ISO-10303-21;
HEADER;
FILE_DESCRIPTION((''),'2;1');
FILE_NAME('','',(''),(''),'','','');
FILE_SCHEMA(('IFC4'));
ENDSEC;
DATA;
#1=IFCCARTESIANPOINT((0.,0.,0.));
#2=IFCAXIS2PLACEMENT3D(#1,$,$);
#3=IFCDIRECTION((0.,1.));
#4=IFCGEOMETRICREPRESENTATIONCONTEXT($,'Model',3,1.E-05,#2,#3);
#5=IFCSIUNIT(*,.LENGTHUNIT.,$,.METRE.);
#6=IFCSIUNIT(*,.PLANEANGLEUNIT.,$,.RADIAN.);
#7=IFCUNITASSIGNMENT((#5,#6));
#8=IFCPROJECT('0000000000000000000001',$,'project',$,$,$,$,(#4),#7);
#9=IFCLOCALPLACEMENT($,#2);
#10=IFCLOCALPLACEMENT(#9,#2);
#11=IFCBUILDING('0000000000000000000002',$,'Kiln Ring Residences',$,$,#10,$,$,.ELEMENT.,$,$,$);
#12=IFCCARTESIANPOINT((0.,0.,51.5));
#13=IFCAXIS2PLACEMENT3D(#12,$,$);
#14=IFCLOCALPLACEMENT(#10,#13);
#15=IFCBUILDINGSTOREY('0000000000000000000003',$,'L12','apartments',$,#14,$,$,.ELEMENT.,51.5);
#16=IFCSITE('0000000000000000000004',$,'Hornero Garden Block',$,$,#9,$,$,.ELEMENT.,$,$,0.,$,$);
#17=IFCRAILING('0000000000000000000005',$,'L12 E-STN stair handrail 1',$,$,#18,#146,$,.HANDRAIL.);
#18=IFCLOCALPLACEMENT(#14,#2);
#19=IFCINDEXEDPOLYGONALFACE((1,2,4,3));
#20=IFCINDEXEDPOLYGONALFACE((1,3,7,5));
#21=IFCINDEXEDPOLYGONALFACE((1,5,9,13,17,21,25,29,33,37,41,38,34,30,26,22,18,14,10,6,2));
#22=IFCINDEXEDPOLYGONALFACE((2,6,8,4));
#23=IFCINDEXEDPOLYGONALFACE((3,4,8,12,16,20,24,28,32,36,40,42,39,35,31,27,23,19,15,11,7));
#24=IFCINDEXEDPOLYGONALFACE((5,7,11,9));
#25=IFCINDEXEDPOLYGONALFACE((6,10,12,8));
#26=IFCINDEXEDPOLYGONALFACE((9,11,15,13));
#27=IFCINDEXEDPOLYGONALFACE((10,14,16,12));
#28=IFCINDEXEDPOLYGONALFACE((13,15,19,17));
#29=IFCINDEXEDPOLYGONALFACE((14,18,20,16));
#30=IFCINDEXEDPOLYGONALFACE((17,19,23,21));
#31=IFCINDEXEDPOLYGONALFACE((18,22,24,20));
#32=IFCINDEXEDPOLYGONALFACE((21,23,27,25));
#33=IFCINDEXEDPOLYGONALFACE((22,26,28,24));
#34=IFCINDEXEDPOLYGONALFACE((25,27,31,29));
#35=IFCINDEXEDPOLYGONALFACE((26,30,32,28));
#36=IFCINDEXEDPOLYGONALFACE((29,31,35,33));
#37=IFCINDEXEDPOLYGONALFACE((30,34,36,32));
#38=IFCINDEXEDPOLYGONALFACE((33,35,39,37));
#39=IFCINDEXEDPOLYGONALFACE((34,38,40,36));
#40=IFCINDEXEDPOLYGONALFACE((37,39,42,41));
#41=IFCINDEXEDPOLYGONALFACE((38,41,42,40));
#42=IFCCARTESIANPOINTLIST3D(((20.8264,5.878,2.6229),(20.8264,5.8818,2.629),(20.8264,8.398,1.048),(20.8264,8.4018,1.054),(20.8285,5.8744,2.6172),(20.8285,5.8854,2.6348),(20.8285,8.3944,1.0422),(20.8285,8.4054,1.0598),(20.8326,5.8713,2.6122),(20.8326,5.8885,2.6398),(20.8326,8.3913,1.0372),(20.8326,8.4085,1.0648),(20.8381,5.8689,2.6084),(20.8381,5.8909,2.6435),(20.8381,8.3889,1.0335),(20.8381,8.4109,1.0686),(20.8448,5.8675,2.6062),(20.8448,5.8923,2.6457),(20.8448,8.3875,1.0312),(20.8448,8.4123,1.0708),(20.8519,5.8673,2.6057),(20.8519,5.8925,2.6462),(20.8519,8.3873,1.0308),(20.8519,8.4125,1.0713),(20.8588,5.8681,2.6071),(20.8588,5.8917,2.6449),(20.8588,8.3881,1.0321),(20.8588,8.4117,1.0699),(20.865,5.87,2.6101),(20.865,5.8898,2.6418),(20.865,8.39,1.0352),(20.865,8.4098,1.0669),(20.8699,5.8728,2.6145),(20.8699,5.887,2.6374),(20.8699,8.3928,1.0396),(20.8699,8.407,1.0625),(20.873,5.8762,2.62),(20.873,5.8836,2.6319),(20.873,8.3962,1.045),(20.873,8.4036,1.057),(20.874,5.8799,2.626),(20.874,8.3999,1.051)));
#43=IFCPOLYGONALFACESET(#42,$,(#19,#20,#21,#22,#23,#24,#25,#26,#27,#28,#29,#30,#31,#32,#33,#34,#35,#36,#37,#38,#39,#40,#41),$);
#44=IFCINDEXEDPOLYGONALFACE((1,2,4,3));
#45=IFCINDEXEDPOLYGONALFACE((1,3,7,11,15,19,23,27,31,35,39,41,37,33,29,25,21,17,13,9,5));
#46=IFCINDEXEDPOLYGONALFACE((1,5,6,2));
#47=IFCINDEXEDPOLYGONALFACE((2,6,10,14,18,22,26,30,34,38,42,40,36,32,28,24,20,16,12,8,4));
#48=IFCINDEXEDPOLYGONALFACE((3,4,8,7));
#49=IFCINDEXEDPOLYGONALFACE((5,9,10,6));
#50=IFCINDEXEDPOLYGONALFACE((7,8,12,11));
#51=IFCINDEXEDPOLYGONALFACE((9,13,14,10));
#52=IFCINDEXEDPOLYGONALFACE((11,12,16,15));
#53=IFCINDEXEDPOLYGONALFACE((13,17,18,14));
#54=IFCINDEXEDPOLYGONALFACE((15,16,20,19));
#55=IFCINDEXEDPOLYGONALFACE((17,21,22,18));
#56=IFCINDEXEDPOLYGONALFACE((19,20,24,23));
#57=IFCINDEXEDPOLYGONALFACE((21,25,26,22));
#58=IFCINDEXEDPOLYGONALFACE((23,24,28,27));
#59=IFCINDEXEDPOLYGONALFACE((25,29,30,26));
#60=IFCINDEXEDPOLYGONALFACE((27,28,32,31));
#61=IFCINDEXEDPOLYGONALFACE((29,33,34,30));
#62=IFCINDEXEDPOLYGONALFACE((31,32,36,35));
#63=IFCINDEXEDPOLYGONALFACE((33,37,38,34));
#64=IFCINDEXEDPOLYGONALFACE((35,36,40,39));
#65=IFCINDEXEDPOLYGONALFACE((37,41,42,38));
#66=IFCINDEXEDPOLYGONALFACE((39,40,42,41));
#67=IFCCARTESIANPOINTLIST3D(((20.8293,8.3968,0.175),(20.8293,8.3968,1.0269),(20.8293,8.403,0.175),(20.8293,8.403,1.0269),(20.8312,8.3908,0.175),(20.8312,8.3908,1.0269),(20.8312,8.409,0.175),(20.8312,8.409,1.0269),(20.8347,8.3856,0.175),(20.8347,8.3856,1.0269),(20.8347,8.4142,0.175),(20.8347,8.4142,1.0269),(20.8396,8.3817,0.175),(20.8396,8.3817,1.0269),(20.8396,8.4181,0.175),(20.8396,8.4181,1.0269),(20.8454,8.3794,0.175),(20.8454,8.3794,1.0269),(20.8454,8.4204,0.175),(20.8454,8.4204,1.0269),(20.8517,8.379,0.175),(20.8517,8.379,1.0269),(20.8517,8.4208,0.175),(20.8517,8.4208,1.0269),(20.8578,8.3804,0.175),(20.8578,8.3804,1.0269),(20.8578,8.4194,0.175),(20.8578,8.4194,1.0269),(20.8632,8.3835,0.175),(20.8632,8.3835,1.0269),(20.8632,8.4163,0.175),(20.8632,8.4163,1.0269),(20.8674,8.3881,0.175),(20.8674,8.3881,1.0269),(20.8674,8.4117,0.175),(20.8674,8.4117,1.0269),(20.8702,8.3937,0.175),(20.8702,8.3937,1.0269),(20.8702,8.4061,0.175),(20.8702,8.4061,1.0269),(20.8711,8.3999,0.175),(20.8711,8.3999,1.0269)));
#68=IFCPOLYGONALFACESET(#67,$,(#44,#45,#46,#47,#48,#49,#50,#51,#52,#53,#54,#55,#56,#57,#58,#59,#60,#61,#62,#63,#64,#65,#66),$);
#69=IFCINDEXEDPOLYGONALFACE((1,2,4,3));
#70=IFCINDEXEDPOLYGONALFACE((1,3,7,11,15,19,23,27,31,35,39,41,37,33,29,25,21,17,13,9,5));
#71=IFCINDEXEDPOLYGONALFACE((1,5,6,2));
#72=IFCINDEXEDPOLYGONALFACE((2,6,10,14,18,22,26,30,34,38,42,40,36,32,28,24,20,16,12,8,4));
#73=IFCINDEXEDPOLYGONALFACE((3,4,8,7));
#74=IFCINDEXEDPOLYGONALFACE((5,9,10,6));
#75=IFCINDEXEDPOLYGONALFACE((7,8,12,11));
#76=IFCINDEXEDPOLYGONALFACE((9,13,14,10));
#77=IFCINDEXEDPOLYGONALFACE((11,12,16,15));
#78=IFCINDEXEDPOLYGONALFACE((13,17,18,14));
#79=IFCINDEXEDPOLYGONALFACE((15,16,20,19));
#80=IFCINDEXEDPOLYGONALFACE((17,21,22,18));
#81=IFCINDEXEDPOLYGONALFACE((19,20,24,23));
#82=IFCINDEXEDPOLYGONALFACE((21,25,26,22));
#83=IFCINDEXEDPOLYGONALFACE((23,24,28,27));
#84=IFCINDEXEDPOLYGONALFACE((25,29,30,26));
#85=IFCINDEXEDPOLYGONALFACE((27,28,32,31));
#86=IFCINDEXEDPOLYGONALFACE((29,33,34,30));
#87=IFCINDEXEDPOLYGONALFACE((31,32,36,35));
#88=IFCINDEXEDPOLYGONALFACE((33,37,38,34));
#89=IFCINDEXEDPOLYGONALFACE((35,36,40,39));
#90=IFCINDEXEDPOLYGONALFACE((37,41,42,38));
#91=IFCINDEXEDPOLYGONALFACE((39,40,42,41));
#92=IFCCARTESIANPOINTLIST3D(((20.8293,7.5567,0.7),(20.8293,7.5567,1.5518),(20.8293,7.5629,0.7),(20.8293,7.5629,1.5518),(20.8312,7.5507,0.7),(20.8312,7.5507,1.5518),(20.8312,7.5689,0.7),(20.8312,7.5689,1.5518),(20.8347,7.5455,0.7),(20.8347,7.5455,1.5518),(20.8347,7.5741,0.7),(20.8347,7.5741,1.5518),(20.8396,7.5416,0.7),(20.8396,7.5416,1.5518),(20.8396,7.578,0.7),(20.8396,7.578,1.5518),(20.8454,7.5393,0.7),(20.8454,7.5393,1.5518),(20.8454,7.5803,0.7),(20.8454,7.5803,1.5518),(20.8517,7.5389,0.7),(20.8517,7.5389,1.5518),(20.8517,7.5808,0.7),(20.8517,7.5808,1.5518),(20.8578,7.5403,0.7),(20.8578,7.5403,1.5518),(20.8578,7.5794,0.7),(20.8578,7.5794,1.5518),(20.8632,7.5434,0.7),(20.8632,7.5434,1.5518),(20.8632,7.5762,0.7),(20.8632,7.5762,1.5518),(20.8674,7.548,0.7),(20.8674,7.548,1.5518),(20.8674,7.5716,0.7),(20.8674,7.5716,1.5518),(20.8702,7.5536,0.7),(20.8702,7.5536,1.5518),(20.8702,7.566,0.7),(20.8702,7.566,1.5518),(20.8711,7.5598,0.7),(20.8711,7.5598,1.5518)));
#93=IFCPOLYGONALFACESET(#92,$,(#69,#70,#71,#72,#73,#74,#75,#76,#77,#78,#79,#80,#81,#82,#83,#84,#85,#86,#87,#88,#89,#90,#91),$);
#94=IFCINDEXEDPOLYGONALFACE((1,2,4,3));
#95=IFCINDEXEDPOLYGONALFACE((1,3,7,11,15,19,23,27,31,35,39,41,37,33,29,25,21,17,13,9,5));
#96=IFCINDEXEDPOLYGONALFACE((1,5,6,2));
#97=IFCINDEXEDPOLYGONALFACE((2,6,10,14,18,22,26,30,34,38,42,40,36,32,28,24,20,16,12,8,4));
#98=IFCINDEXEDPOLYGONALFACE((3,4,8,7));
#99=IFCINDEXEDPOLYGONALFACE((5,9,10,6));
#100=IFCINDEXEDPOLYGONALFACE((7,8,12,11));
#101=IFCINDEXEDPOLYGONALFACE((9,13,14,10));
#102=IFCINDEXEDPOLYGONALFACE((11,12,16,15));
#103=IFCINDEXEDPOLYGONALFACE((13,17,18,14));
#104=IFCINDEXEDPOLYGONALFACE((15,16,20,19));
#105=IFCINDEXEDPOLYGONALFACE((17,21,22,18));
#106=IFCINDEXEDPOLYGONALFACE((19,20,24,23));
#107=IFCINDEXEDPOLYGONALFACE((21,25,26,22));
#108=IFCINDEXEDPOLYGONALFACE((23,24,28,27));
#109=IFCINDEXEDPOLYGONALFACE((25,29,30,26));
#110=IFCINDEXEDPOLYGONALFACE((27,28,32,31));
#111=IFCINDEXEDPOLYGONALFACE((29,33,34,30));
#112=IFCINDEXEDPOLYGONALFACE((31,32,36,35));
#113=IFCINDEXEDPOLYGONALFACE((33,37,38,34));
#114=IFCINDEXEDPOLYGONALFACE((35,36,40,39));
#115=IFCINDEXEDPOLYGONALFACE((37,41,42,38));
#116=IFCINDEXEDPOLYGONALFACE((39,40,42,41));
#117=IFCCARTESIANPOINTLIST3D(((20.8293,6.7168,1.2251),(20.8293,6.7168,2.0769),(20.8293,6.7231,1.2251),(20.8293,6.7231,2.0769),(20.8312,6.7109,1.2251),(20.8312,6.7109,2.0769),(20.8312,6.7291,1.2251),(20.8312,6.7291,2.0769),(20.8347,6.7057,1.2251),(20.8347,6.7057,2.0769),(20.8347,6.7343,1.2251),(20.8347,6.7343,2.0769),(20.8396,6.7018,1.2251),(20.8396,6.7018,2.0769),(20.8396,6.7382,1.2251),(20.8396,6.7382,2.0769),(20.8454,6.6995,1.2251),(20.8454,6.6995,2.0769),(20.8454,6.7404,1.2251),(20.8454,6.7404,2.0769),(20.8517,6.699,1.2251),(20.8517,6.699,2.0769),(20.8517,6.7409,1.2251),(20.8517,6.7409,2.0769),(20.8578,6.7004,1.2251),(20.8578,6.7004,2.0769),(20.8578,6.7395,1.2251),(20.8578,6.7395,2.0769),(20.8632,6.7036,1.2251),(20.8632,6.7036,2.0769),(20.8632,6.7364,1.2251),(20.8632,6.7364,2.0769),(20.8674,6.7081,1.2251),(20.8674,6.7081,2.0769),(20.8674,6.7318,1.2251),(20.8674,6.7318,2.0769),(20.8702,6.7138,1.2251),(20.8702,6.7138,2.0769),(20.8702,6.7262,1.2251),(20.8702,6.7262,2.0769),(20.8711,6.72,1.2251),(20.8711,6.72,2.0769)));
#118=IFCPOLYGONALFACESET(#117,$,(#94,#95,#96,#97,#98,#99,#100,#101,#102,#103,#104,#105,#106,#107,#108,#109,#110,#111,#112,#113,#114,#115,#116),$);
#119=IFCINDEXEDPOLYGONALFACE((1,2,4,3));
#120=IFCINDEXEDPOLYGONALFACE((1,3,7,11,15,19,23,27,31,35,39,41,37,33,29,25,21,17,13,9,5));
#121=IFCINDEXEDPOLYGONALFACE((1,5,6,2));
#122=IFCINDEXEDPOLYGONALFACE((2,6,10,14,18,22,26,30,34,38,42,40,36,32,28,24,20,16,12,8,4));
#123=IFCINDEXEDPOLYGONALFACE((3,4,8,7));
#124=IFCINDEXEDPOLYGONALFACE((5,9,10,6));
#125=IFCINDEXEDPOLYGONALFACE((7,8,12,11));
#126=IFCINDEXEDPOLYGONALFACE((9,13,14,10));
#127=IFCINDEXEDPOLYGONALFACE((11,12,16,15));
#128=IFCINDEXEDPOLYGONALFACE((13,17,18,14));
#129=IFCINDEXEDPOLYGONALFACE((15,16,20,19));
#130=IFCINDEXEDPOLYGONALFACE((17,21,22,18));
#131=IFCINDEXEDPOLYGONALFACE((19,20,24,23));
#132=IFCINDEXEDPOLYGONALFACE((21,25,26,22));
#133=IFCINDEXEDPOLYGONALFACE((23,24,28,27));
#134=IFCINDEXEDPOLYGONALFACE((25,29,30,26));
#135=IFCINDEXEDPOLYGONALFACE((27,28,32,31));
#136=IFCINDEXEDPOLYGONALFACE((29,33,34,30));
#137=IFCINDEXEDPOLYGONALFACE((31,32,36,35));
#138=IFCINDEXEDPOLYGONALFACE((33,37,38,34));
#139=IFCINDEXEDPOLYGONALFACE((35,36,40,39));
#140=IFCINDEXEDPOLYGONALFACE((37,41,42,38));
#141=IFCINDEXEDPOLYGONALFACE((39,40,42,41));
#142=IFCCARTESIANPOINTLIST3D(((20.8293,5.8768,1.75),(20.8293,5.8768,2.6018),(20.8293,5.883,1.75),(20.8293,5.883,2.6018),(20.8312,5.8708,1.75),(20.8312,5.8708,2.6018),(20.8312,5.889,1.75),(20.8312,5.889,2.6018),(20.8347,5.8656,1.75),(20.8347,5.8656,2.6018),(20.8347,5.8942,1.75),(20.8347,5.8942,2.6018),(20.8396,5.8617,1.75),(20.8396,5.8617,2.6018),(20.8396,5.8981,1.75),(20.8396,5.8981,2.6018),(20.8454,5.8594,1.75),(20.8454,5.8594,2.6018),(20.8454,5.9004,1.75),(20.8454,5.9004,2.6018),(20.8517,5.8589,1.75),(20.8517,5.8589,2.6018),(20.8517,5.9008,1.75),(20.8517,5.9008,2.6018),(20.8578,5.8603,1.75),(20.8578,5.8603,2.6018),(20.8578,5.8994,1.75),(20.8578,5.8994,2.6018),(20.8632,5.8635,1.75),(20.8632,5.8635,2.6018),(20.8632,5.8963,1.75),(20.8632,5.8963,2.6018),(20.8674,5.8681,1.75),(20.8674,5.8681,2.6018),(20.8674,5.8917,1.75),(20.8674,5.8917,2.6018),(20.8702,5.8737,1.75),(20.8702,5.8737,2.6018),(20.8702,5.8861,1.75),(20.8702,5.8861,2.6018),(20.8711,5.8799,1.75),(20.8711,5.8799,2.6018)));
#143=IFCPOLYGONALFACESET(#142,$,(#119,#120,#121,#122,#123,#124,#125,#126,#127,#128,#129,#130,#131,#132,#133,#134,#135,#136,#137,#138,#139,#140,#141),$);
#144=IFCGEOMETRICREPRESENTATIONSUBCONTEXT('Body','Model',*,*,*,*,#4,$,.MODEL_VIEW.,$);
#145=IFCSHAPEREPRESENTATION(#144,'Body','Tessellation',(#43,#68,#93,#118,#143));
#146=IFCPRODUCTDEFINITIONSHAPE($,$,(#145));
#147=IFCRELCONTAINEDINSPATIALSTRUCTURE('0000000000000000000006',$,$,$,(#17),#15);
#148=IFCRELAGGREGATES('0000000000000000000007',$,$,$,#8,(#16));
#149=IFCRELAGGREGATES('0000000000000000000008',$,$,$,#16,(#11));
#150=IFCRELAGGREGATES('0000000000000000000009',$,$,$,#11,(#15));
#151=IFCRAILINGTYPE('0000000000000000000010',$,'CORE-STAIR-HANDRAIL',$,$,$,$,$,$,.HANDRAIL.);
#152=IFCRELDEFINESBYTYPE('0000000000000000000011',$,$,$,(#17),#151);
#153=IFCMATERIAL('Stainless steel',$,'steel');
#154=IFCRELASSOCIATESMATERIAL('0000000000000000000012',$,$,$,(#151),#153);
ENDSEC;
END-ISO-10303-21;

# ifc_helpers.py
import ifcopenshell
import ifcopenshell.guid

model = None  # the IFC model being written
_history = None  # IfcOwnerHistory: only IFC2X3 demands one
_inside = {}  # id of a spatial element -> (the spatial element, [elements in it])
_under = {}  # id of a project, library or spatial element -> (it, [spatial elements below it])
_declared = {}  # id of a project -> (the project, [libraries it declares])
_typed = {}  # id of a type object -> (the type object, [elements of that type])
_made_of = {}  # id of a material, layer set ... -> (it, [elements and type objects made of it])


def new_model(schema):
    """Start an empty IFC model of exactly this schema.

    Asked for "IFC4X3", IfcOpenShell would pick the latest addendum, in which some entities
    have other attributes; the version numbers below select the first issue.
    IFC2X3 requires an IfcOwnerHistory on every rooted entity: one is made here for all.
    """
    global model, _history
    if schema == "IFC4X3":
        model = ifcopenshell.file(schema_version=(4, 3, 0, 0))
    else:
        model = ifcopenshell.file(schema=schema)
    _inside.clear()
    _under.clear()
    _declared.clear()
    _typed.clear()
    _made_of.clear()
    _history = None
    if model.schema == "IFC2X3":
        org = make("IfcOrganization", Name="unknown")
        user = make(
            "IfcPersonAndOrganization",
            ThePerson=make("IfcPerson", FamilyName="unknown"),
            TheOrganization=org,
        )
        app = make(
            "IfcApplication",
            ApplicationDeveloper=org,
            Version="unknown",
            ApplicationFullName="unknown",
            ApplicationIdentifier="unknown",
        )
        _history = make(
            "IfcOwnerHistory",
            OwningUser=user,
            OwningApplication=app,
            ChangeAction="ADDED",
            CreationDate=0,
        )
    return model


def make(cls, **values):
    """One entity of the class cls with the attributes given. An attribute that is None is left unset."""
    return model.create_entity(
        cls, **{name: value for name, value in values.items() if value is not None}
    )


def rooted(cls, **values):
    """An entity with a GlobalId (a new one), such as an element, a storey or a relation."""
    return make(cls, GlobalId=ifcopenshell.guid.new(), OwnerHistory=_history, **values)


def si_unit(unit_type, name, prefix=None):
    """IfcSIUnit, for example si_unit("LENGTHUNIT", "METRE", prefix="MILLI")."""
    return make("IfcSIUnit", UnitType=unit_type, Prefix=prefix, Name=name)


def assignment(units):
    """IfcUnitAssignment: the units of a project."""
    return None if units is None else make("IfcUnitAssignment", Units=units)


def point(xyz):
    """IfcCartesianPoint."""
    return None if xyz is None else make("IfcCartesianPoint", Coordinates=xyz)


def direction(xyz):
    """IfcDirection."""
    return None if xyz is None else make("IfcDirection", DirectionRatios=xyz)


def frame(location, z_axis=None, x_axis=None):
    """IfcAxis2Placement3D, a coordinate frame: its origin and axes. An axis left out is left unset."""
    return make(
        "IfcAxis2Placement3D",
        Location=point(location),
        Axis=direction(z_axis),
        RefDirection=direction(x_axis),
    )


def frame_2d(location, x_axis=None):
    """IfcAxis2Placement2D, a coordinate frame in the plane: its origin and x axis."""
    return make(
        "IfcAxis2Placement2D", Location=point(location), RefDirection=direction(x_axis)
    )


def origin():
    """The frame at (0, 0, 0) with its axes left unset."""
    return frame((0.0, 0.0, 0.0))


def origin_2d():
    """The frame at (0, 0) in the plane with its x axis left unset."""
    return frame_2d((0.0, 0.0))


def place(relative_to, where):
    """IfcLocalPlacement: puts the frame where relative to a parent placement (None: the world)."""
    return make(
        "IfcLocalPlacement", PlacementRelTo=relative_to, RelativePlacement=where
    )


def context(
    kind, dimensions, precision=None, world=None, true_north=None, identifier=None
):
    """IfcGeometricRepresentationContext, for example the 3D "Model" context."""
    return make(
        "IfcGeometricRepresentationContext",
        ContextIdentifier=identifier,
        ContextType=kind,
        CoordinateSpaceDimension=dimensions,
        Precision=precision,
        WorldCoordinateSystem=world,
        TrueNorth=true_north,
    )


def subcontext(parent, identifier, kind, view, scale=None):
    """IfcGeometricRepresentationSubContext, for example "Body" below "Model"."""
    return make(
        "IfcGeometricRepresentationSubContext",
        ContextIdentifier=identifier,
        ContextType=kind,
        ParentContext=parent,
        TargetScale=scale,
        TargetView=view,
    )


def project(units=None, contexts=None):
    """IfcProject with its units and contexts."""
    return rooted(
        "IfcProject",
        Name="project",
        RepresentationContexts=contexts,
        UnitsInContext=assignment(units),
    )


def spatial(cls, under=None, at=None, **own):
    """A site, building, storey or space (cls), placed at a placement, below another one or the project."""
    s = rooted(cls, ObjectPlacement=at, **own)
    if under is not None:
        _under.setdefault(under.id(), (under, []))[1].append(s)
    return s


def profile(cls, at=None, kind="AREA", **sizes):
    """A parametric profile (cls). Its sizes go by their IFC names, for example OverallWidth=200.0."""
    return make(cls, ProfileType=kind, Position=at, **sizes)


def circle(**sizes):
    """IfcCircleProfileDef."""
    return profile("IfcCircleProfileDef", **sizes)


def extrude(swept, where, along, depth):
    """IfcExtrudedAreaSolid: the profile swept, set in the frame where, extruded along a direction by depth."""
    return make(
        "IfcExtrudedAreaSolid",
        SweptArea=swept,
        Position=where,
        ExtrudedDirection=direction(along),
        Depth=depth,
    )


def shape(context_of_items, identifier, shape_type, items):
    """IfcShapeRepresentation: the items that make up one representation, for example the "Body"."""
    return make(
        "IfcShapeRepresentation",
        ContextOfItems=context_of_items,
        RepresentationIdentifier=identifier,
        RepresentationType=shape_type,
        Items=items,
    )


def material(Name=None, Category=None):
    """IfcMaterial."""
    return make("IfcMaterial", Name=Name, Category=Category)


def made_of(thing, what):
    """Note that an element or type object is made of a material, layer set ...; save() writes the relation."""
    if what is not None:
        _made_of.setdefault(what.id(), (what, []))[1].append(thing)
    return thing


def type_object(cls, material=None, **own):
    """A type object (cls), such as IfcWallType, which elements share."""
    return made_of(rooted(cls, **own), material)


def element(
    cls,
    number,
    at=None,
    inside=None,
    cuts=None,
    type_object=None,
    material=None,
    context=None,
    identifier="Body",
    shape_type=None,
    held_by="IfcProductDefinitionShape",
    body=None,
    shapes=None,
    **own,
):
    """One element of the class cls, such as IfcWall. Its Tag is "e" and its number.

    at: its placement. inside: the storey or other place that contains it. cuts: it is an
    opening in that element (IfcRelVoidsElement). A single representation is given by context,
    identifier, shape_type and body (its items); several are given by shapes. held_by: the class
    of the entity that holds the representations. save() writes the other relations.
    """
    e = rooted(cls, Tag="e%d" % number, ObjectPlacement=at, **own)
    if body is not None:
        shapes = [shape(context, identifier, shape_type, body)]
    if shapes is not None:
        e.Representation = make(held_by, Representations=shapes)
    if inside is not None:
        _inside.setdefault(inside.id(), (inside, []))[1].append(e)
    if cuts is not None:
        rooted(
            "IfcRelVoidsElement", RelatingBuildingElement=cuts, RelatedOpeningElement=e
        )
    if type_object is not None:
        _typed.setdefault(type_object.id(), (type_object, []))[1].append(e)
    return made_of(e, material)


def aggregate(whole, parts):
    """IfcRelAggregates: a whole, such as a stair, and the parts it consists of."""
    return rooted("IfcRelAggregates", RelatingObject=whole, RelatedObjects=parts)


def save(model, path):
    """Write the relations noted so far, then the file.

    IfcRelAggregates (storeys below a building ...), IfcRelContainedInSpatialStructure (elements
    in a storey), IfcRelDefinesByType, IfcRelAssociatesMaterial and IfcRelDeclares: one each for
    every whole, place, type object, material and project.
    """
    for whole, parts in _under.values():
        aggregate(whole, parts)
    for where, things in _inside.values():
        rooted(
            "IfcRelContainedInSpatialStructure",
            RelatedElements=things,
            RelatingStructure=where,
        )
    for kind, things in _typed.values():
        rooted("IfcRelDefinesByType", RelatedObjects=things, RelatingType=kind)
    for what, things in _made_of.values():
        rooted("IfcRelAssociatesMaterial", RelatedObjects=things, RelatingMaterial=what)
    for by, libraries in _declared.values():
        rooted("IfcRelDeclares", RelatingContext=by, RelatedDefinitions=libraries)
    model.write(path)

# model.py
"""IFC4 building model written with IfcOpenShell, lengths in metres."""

from ifc_helpers import new_model, si_unit, direction, frame, origin, origin_2d, place, context, subcontext, project, spatial, circle, extrude, material, type_object, element, save


model = new_model("IFC4")

# Units and contexts
model_context = context("Model", 3, precision=1e-05, world=origin(), true_north=direction((0.0, 1.0)))
body_context = subcontext(model_context, "Body", "Model", "MODEL_VIEW")
ifc_project = project(units=[si_unit("LENGTHUNIT", "METRE"), si_unit("PLANEANGLEUNIT", "RADIAN")], contexts=[model_context])

# Site, building, storey
site_placement = place(None, origin())
site = spatial("IfcSite", under=ifc_project, at=site_placement, Name="Hornero Garden Block", CompositionType="ELEMENT", RefElevation=0.0)
building_placement = place(site_placement, origin())
building = spatial("IfcBuilding", under=site, at=building_placement, Name="Kiln Ring Residences", CompositionType="ELEMENT")
storey_placement = place(building_placement, frame((0.0, 0.0, 51.5)))
storey = spatial("IfcBuildingStorey", under=building, at=storey_placement, Name="L12", Description="apartments", CompositionType="ELEMENT", Elevation=51.5)

# Railing
ifc_material_1 = material(Name="Stainless steel", Category="steel")
railing_type_1 = type_object("IfcRailingType", Name="CORE-STAIR-HANDRAIL", PredefinedType="HANDRAIL", material=ifc_material_1)
railing_1_placement = place(storey_placement, frame((20.8501, 8.3999, 0.175)))
element("IfcRailing", 1, at=railing_1_placement, inside=storey, type_object=railing_type_1, Name="L12 E-STN stair handrail 1", PredefinedType="HANDRAIL", context=body_context, shape_type="SweptSolid", body=[
    extrude(circle(Radius=0.0239, at=origin_2d()), frame((0.0, 0.0, 0.876), z_axis=(0.0, -0.848008, 0.529984), x_axis=(1.0, 0.0, 0.0)), (0.0, 0.0, 1.0), 2.9717),
    extrude(circle(Radius=0.021, at=origin_2d()), origin(), (0.0, 0.0, 1.0), 0.8518),
    extrude(circle(Radius=0.021, at=origin_2d()), frame((0.0, -0.8401, 0.5249)), (0.0, 0.0, 1.0), 0.8518),
    extrude(circle(Radius=0.021, at=origin_2d()), frame((0.0, -1.6799, 1.05)), (0.0, 0.0, 1.0), 0.8518),
    extrude(circle(Radius=0.021, at=origin_2d()), frame((0.0, -2.52, 1.575)), (0.0, 0.0, 1.0), 0.8518),
])

save(model, "model.ifc")
